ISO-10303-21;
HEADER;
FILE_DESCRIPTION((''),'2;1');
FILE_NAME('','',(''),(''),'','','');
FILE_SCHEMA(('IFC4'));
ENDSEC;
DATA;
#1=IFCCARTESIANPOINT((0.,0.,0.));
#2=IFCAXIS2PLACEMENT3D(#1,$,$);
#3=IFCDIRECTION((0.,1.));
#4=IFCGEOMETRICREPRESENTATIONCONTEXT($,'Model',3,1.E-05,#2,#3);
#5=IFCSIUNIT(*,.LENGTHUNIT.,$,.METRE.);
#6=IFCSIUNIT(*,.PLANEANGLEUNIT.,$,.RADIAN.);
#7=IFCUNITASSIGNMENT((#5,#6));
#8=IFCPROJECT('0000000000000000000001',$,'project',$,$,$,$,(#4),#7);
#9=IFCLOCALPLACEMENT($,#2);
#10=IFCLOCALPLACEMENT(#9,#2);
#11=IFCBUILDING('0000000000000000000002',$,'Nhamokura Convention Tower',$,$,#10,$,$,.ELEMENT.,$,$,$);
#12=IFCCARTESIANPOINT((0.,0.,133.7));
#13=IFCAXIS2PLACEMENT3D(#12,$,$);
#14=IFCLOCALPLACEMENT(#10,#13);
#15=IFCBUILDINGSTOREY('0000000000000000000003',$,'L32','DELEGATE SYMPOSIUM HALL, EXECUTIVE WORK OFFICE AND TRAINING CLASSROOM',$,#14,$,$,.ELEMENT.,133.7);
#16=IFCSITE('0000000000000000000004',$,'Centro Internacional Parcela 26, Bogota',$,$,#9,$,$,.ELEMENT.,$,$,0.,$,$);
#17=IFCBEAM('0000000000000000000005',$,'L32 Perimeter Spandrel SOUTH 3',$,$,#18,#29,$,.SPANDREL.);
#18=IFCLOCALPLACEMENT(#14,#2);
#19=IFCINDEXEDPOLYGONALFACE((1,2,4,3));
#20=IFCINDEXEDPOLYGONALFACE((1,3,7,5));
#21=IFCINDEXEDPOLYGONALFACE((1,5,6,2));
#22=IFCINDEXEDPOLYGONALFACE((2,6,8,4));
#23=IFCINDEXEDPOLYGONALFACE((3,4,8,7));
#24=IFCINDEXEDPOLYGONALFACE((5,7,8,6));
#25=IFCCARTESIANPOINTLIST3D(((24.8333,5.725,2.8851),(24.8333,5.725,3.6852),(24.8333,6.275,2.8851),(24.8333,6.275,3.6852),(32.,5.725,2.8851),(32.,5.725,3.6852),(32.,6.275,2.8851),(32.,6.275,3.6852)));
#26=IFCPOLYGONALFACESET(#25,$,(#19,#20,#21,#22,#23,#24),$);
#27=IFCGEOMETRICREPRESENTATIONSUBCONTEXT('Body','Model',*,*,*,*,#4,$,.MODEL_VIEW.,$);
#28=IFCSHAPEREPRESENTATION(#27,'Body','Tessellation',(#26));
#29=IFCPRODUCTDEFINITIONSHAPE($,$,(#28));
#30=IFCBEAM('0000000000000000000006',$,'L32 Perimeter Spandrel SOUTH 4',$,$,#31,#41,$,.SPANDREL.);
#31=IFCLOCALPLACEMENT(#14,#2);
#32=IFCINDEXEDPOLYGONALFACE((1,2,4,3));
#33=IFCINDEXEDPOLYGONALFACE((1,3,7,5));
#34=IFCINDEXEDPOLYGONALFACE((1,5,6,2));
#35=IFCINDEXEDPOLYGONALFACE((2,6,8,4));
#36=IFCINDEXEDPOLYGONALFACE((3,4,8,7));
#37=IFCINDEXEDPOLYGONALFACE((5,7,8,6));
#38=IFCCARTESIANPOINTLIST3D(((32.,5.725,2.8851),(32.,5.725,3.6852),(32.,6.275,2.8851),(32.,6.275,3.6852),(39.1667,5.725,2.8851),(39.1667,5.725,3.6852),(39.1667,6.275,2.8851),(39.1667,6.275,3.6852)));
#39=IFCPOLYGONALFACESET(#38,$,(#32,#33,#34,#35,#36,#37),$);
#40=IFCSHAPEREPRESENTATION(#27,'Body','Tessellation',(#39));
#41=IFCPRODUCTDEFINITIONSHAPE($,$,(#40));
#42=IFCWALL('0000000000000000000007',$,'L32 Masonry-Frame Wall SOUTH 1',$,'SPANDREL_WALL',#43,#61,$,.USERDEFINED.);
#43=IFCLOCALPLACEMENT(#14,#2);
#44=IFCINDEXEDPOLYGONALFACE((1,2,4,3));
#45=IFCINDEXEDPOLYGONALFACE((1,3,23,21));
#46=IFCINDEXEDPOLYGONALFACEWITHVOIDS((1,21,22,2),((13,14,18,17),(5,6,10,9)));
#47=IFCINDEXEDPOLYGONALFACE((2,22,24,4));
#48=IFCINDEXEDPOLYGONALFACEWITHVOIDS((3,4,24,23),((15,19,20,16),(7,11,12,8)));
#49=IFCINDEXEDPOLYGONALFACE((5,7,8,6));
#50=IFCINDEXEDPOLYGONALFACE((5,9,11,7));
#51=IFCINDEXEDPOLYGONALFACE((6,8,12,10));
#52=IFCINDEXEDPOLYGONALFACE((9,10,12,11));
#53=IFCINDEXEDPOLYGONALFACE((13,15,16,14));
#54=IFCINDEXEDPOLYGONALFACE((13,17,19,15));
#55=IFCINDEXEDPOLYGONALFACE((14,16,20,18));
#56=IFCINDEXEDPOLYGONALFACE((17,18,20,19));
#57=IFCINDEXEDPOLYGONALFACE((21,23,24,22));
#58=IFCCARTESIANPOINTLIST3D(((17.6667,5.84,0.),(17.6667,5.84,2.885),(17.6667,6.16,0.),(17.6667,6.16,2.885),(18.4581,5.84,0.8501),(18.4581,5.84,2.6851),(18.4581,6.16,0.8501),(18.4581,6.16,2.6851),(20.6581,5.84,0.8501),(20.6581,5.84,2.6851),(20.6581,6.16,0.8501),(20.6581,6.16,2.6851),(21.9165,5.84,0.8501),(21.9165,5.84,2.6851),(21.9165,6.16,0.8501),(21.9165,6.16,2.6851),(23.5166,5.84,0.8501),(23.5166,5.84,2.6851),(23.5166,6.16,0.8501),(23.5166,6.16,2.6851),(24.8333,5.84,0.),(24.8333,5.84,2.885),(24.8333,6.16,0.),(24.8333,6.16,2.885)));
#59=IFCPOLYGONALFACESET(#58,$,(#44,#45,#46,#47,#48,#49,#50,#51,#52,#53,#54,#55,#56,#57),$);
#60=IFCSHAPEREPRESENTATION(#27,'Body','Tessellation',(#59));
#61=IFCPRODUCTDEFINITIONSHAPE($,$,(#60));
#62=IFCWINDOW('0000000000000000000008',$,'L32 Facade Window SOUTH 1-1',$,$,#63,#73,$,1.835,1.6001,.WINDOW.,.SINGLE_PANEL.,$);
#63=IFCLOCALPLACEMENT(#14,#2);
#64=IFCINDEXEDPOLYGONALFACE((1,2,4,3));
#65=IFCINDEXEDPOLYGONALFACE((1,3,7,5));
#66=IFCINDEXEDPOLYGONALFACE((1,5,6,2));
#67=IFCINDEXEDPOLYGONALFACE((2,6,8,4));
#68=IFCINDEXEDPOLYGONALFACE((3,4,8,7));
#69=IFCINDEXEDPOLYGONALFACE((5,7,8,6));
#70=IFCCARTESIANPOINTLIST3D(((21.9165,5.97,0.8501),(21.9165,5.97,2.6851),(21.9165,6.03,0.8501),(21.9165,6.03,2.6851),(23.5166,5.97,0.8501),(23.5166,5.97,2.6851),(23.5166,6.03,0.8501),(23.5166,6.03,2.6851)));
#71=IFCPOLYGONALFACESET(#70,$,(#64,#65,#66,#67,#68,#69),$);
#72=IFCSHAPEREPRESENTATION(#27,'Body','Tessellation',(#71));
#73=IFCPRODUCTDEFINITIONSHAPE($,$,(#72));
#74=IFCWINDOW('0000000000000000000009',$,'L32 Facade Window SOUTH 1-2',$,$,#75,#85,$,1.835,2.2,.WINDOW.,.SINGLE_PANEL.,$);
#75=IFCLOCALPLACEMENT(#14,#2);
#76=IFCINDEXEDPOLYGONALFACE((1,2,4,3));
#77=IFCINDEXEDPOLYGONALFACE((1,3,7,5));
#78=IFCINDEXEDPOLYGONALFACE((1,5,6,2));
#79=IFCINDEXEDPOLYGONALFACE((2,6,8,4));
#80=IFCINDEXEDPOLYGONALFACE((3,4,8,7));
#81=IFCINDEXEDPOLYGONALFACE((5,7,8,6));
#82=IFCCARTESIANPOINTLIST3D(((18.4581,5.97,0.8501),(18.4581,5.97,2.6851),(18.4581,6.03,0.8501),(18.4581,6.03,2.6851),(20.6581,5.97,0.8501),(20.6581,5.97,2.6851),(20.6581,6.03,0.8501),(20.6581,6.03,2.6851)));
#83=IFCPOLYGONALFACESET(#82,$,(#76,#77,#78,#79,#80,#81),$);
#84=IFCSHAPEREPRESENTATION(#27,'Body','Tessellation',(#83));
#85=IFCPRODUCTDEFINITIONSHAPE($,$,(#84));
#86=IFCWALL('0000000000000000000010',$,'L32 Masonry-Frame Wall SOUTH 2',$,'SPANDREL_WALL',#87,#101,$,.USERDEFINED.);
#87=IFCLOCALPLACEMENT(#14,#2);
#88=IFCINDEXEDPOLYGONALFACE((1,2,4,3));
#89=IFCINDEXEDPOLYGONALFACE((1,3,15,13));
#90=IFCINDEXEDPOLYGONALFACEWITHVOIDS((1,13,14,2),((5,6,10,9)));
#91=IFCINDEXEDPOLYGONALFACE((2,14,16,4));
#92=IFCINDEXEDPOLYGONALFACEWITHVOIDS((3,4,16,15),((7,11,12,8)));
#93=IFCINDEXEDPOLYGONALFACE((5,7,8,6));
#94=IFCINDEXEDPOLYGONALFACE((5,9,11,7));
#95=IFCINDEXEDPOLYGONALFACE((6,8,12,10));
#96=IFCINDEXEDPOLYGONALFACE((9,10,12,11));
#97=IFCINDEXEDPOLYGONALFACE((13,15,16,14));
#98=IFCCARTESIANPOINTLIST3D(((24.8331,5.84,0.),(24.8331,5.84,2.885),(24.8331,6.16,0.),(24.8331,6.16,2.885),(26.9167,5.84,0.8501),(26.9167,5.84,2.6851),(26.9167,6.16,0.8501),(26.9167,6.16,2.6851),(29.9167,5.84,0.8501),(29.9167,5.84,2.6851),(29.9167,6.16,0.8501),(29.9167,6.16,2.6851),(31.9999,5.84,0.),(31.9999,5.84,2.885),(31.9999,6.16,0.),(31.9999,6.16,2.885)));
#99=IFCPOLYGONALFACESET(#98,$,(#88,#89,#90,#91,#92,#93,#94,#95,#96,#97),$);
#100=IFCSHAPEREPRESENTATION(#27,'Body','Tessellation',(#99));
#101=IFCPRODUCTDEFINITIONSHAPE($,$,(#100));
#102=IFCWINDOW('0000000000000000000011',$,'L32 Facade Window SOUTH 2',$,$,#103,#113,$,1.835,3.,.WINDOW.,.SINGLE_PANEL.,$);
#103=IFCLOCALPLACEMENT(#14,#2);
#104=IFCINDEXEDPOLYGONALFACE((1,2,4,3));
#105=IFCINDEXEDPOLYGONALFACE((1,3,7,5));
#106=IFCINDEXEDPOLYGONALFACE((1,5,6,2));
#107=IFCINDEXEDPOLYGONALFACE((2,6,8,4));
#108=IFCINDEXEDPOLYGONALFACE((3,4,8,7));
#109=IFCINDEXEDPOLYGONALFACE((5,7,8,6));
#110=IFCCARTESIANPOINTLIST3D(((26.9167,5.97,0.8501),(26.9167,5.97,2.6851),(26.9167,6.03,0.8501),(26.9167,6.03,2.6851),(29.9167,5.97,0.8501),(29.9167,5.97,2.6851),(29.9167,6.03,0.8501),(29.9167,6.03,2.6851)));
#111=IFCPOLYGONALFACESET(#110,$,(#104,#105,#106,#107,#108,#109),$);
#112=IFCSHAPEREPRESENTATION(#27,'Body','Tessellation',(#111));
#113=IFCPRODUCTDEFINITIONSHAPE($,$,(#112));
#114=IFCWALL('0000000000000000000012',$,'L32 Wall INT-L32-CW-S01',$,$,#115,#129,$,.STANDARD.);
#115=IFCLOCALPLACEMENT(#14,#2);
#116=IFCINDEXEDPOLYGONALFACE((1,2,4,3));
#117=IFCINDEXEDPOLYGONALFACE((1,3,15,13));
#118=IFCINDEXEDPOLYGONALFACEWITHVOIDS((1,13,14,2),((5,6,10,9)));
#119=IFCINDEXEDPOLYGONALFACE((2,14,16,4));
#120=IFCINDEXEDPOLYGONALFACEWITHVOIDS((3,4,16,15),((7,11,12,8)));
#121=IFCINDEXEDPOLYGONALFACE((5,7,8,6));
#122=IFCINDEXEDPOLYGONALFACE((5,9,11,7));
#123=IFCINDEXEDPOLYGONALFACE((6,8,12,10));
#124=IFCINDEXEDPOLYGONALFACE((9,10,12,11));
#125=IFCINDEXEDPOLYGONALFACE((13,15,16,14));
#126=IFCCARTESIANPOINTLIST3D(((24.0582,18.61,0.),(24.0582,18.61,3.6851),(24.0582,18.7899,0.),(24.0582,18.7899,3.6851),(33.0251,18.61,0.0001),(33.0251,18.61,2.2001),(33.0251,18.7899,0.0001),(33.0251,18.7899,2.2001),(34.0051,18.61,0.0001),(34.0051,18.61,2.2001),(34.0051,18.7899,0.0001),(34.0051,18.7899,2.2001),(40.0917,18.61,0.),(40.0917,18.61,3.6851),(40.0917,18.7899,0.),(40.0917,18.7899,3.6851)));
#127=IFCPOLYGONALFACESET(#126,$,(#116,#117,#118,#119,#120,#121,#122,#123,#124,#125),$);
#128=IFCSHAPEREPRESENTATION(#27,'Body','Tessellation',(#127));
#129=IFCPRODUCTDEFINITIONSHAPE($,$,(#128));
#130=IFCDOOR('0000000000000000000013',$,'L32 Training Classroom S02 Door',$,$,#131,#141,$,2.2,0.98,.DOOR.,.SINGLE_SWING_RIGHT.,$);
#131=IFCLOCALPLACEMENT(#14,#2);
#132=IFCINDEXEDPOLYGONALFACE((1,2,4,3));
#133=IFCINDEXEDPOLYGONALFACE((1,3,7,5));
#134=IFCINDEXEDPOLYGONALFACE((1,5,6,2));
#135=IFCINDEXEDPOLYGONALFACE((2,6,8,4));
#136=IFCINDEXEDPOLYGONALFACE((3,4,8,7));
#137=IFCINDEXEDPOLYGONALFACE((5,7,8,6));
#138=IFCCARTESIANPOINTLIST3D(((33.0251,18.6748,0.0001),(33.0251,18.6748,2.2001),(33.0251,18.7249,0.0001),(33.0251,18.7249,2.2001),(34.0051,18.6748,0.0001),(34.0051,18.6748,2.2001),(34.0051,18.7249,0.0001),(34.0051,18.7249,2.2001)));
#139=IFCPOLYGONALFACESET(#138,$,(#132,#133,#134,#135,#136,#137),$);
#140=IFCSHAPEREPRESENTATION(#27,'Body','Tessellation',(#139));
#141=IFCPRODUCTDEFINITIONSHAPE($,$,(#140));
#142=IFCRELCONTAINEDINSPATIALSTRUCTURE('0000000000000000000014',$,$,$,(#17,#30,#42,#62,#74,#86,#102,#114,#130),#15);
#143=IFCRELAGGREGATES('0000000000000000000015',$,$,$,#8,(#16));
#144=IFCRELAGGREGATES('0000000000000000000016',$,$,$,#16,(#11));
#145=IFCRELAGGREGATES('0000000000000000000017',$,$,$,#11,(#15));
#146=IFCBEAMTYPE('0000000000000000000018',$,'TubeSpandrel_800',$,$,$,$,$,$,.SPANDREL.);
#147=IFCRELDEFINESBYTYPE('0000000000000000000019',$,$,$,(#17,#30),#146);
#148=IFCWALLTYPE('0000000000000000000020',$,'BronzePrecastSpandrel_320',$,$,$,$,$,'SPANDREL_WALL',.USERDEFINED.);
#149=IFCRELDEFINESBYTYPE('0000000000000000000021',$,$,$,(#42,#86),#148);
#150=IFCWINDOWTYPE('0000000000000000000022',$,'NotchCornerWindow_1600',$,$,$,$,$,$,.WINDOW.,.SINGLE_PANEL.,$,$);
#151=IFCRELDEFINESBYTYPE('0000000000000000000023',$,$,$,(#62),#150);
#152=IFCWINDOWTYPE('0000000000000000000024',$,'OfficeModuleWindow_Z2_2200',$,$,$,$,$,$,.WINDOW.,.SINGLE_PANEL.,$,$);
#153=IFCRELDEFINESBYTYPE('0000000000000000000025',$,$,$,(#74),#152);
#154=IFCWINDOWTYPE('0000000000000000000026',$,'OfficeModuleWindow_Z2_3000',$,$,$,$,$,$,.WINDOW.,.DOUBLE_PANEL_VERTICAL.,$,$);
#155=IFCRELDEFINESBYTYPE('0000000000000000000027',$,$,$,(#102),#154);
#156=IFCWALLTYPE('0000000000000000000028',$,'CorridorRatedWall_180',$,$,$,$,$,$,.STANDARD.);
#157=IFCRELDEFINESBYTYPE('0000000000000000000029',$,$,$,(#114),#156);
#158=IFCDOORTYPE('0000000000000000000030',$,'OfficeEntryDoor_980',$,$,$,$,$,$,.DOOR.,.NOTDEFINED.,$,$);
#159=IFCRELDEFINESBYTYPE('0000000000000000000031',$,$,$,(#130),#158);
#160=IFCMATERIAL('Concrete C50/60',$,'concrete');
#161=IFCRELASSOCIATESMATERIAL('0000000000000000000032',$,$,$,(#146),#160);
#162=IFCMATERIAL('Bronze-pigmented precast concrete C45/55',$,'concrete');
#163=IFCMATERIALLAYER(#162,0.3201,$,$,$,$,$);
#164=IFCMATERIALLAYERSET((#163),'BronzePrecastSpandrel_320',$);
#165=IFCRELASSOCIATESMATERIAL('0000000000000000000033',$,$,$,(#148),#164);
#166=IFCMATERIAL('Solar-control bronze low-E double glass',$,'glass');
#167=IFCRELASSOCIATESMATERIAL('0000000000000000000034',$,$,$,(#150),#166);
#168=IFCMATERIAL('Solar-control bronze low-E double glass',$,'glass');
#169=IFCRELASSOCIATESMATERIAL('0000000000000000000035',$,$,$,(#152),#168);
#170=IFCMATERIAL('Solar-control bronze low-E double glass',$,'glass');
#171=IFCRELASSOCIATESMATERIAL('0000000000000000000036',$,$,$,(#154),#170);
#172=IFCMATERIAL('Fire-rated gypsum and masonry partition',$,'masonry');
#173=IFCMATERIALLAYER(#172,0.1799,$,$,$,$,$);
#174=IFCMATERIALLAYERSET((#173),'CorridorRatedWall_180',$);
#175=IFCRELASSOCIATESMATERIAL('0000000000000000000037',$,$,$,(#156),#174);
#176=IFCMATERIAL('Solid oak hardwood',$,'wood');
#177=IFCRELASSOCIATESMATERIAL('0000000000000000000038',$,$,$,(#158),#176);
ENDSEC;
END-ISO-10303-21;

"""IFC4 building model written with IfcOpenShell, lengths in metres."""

from ifc_helpers import new_model, si_unit, direction, frame, frame_2d, origin, origin_2d, place, context, subcontext, project, spatial, rectangle, extrude, material, layer, layer_set, material_profile, profile_set, type_object, element, fill, save


model = new_model("IFC4")

# Units and contexts
model_context = context("Model", 3, precision=1e-05, world=origin(), true_north=direction((0.0, 1.0)))
body_context = subcontext(model_context, "Body", "Model", "MODEL_VIEW")
ifc_project = project(units=[si_unit("LENGTHUNIT", "METRE"), si_unit("PLANEANGLEUNIT", "RADIAN")], contexts=[model_context])

# Site, building, storey
site_placement = place(None, origin())
site = spatial("IfcSite", under=ifc_project, at=site_placement, Name="Centro Internacional Parcela 26, Bogota", CompositionType="ELEMENT", RefElevation=0.0)
building_placement = place(site_placement, origin())
building = spatial("IfcBuilding", under=site, at=building_placement, Name="Nhamokura Convention Tower", CompositionType="ELEMENT")
storey_placement = place(building_placement, frame((0.0, 0.0, 133.7)))
storey = spatial("IfcBuildingStorey", under=building, at=storey_placement, Name="L32", Description="DELEGATE SYMPOSIUM HALL, EXECUTIVE WORK OFFICE AND TRAINING CLASSROOM", CompositionType="ELEMENT", Elevation=133.7)

# Beams
ifc_material_1 = material(Name="Concrete C50/60", Category="concrete")
ifc_material_profile_1 = material_profile(ifc_material_1, rectangle(XDim=0.55, YDim=0.8, at=origin_2d()))
ifc_profile_set_1 = profile_set([ifc_material_profile_1], Name="Concrete C50/60")
beam_type_1 = type_object("IfcBeamType", Name="TubeSpandrel_800", PredefinedType="SPANDREL", material=ifc_profile_set_1)
for number, where, z_axis, x_axis, name in (
    (1, (24.8333, 6.0, 3.2852), (1.0, 0.0, 0.0), (0.0, 1.0, 0.0), "L32 Perimeter Spandrel SOUTH 3"),
    (2, (32.0, 6.0, 3.2852), (1.0, 0.0, 0.0), (0.0, 1.0, 0.0), "L32 Perimeter Spandrel SOUTH 4"),
):
    element("IfcBeam", number, at=place(storey_placement, frame(where, z_axis=z_axis, x_axis=x_axis)), inside=storey, type_object=beam_type_1, Name=name, PredefinedType="SPANDREL", context=body_context, shape_type="SweptSolid", body=[
        extrude(rectangle(XDim=0.55, YDim=0.8, at=origin_2d()), origin(), (0.0, 0.0, 1.0), 7.1667),
    ])

# Wall, openings, windows
ifc_material_2 = material(Name="Bronze-pigmented precast concrete C45/55", Category="concrete")
ifc_layer_1 = layer(ifc_material_2, 0.3201)
ifc_layer_set_1 = layer_set([ifc_layer_1], Name="BronzePrecastSpandrel_320")
wall_type_1 = type_object("IfcWallType", Name="BronzePrecastSpandrel_320", ElementType="SPANDREL_WALL", PredefinedType="USERDEFINED", material=ifc_layer_set_1)
wall_1_placement = place(storey_placement, frame((24.8333, 6.0, 0.0), z_axis=(0.0, 0.0, 1.0), x_axis=(-1.0, 0.0, 0.0)))
wall_1 = element("IfcWall", 3, at=wall_1_placement, inside=storey, type_object=wall_type_1, Name="L32 Masonry-Frame Wall SOUTH 1", ObjectType="SPANDREL_WALL", PredefinedType="USERDEFINED", context=body_context, shape_type="SweptSolid", body=[
    extrude(rectangle(XDim=7.1665, YDim=0.3201, at=frame_2d((3.5833, 0.0))), origin(), (0.0, 0.0, 1.0), 2.885),
])
opening_1_placement = place(wall_1_placement, frame((1.3167, 0.0, 0.8501)))
opening_1 = element("IfcOpeningElement", 4, at=opening_1_placement, cuts=wall_1, PredefinedType="OPENING", context=body_context, shape_type="SweptSolid", body=[
    extrude(rectangle(XDim=1.6001, YDim=1.835, at=frame_2d((0.8, 0.9175))), frame((0.0, 0.1699, 0.0), z_axis=(0.0, -1.0, 0.0), x_axis=(1.0, 0.0, 0.0)), (0.0, 0.0, 1.0), 0.3401),
])
opening_2_placement = place(wall_1_placement, frame((4.175, 0.0, 0.8501)))
opening_2 = element("IfcOpeningElement", 5, at=opening_2_placement, cuts=wall_1, PredefinedType="OPENING", context=body_context, shape_type="SweptSolid", body=[
    extrude(rectangle(XDim=2.2, YDim=1.835, at=frame_2d((1.1001, 0.9175))), frame((0.0, 0.1699, 0.0), z_axis=(0.0, -1.0, 0.0), x_axis=(1.0, 0.0, 0.0)), (0.0, 0.0, 1.0), 0.3401),
])
ifc_material_3 = material(Name="Solar-control bronze low-E double glass", Category="glass")
window_type_1 = type_object("IfcWindowType", Name="NotchCornerWindow_1600", PartitioningType="SINGLE_PANEL", PredefinedType="WINDOW", material=ifc_material_3)
window_1_placement = place(opening_1_placement, origin())
window_1 = element("IfcWindow", 6, at=window_1_placement, inside=storey, type_object=window_type_1, Name="L32 Facade Window SOUTH 1-1", OverallHeight=1.835, OverallWidth=1.6001, PartitioningType="SINGLE_PANEL", PredefinedType="WINDOW", context=body_context, shape_type="SweptSolid", body=[
    extrude(rectangle(XDim=1.6001, YDim=1.835, at=frame_2d((0.8, 0.9175))), frame((0.0, 0.03, 0.0), z_axis=(0.0, -1.0, 0.0), x_axis=(1.0, 0.0, 0.0)), (0.0, 0.0, 1.0), 0.0601),
])
fill(opening_1, window_1)
ifc_material_4 = material(Name="Solar-control bronze low-E double glass", Category="glass")
window_type_2 = type_object("IfcWindowType", Name="OfficeModuleWindow_Z2_2200", PartitioningType="SINGLE_PANEL", PredefinedType="WINDOW", material=ifc_material_4)
window_2_placement = place(opening_2_placement, origin())
window_2 = element("IfcWindow", 7, at=window_2_placement, inside=storey, type_object=window_type_2, Name="L32 Facade Window SOUTH 1-2", OverallHeight=1.835, OverallWidth=2.2, PartitioningType="SINGLE_PANEL", PredefinedType="WINDOW", context=body_context, shape_type="SweptSolid", body=[
    extrude(rectangle(XDim=2.2, YDim=1.835, at=frame_2d((1.1001, 0.9175))), frame((0.0, 0.03, 0.0), z_axis=(0.0, -1.0, 0.0), x_axis=(1.0, 0.0, 0.0)), (0.0, 0.0, 1.0), 0.0601),
])
fill(opening_2, window_2)

# Wall, opening, window
wall_2_placement = place(storey_placement, frame((32.0, 6.0, 0.0), z_axis=(0.0, 0.0, 1.0), x_axis=(-1.0, 0.0, 0.0)))
wall_2 = element("IfcWall", 8, at=wall_2_placement, inside=storey, type_object=wall_type_1, Name="L32 Masonry-Frame Wall SOUTH 2", ObjectType="SPANDREL_WALL", PredefinedType="USERDEFINED", context=body_context, shape_type="SweptSolid", body=[
    extrude(rectangle(XDim=7.1667, YDim=0.3201, at=frame_2d((3.5835, 0.0))), origin(), (0.0, 0.0, 1.0), 2.885),
])
opening_3_placement = place(wall_2_placement, frame((2.0833, 0.0, 0.8501)))
opening_3 = element("IfcOpeningElement", 9, at=opening_3_placement, cuts=wall_2, PredefinedType="OPENING", context=body_context, shape_type="SweptSolid", body=[
    extrude(rectangle(XDim=3.0, YDim=1.835, at=frame_2d((1.5, 0.9175))), frame((0.0, 0.1699, 0.0), z_axis=(0.0, -1.0, 0.0), x_axis=(1.0, 0.0, 0.0)), (0.0, 0.0, 1.0), 0.3401),
])
ifc_material_5 = material(Name="Solar-control bronze low-E double glass", Category="glass")
window_type_3 = type_object("IfcWindowType", Name="OfficeModuleWindow_Z2_3000", PartitioningType="DOUBLE_PANEL_VERTICAL", PredefinedType="WINDOW", material=ifc_material_5)
window_3_placement = place(opening_3_placement, origin())
window_3 = element("IfcWindow", 10, at=window_3_placement, inside=storey, type_object=window_type_3, Name="L32 Facade Window SOUTH 2", OverallHeight=1.835, OverallWidth=3.0, PartitioningType="SINGLE_PANEL", PredefinedType="WINDOW", context=body_context, shape_type="SweptSolid", body=[
    extrude(rectangle(XDim=3.0, YDim=1.835, at=frame_2d((1.5, 0.9175))), frame((0.0, 0.03, 0.0), z_axis=(0.0, -1.0, 0.0), x_axis=(1.0, 0.0, 0.0)), (0.0, 0.0, 1.0), 0.0601),
])
fill(opening_3, window_3)

# Wall, opening, door
ifc_material_6 = material(Name="Fire-rated gypsum and masonry partition", Category="masonry")
ifc_layer_2 = layer(ifc_material_6, 0.1799)
ifc_layer_set_2 = layer_set([ifc_layer_2], Name="CorridorRatedWall_180")
wall_type_2 = type_object("IfcWallType", Name="CorridorRatedWall_180", PredefinedType="STANDARD", material=ifc_layer_set_2)
wall_3_placement = place(storey_placement, frame((24.0583, 18.7, 0.0), z_axis=(0.0, 0.0, 1.0), x_axis=(1.0, 0.0, 0.0)))
wall_3 = element("IfcWall", 11, at=wall_3_placement, inside=storey, type_object=wall_type_2, Name="L32 Wall INT-L32-CW-S01", PredefinedType="STANDARD", context=body_context, shape_type="SweptSolid", body=[
    extrude(rectangle(XDim=16.0334, YDim=0.1799, at=frame_2d((8.0166, 0.0))), origin(), (0.0, 0.0, 1.0), 3.6851),
])
opening_4_placement = place(wall_3_placement, frame((8.9668, 0.0, 0.0)))
opening_4 = element("IfcOpeningElement", 12, at=opening_4_placement, cuts=wall_3, PredefinedType="OPENING", context=body_context, shape_type="SweptSolid", body=[
    extrude(rectangle(XDim=0.98, YDim=2.2, at=frame_2d((0.49, 1.1001))), frame((0.0, 0.0999, 0.0), z_axis=(0.0, -1.0, 0.0), x_axis=(1.0, 0.0, 0.0)), (0.0, 0.0, 1.0), 0.2),
])
ifc_material_7 = material(Name="Solid oak hardwood", Category="wood")
door_type_1 = type_object("IfcDoorType", Name="OfficeEntryDoor_980", OperationType="NOTDEFINED", PredefinedType="DOOR", material=ifc_material_7)
door_1_placement = place(opening_4_placement, origin())
door_1 = element("IfcDoor", 13, at=door_1_placement, inside=storey, type_object=door_type_1, Name="L32 Training Classroom S02 Door", OperationType="SINGLE_SWING_RIGHT", OverallHeight=2.2, OverallWidth=0.98, PredefinedType="DOOR", context=body_context, shape_type="SweptSolid", body=[
    extrude(rectangle(XDim=0.98, YDim=2.2, at=frame_2d((0.49, 1.1001))), frame((0.0, 0.0249, 0.0), z_axis=(0.0, -1.0, 0.0), x_axis=(1.0, 0.0, 0.0)), (0.0, 0.0, 1.0), 0.05),
])
fill(opening_4, door_1)

save(model, "model.ifc")
